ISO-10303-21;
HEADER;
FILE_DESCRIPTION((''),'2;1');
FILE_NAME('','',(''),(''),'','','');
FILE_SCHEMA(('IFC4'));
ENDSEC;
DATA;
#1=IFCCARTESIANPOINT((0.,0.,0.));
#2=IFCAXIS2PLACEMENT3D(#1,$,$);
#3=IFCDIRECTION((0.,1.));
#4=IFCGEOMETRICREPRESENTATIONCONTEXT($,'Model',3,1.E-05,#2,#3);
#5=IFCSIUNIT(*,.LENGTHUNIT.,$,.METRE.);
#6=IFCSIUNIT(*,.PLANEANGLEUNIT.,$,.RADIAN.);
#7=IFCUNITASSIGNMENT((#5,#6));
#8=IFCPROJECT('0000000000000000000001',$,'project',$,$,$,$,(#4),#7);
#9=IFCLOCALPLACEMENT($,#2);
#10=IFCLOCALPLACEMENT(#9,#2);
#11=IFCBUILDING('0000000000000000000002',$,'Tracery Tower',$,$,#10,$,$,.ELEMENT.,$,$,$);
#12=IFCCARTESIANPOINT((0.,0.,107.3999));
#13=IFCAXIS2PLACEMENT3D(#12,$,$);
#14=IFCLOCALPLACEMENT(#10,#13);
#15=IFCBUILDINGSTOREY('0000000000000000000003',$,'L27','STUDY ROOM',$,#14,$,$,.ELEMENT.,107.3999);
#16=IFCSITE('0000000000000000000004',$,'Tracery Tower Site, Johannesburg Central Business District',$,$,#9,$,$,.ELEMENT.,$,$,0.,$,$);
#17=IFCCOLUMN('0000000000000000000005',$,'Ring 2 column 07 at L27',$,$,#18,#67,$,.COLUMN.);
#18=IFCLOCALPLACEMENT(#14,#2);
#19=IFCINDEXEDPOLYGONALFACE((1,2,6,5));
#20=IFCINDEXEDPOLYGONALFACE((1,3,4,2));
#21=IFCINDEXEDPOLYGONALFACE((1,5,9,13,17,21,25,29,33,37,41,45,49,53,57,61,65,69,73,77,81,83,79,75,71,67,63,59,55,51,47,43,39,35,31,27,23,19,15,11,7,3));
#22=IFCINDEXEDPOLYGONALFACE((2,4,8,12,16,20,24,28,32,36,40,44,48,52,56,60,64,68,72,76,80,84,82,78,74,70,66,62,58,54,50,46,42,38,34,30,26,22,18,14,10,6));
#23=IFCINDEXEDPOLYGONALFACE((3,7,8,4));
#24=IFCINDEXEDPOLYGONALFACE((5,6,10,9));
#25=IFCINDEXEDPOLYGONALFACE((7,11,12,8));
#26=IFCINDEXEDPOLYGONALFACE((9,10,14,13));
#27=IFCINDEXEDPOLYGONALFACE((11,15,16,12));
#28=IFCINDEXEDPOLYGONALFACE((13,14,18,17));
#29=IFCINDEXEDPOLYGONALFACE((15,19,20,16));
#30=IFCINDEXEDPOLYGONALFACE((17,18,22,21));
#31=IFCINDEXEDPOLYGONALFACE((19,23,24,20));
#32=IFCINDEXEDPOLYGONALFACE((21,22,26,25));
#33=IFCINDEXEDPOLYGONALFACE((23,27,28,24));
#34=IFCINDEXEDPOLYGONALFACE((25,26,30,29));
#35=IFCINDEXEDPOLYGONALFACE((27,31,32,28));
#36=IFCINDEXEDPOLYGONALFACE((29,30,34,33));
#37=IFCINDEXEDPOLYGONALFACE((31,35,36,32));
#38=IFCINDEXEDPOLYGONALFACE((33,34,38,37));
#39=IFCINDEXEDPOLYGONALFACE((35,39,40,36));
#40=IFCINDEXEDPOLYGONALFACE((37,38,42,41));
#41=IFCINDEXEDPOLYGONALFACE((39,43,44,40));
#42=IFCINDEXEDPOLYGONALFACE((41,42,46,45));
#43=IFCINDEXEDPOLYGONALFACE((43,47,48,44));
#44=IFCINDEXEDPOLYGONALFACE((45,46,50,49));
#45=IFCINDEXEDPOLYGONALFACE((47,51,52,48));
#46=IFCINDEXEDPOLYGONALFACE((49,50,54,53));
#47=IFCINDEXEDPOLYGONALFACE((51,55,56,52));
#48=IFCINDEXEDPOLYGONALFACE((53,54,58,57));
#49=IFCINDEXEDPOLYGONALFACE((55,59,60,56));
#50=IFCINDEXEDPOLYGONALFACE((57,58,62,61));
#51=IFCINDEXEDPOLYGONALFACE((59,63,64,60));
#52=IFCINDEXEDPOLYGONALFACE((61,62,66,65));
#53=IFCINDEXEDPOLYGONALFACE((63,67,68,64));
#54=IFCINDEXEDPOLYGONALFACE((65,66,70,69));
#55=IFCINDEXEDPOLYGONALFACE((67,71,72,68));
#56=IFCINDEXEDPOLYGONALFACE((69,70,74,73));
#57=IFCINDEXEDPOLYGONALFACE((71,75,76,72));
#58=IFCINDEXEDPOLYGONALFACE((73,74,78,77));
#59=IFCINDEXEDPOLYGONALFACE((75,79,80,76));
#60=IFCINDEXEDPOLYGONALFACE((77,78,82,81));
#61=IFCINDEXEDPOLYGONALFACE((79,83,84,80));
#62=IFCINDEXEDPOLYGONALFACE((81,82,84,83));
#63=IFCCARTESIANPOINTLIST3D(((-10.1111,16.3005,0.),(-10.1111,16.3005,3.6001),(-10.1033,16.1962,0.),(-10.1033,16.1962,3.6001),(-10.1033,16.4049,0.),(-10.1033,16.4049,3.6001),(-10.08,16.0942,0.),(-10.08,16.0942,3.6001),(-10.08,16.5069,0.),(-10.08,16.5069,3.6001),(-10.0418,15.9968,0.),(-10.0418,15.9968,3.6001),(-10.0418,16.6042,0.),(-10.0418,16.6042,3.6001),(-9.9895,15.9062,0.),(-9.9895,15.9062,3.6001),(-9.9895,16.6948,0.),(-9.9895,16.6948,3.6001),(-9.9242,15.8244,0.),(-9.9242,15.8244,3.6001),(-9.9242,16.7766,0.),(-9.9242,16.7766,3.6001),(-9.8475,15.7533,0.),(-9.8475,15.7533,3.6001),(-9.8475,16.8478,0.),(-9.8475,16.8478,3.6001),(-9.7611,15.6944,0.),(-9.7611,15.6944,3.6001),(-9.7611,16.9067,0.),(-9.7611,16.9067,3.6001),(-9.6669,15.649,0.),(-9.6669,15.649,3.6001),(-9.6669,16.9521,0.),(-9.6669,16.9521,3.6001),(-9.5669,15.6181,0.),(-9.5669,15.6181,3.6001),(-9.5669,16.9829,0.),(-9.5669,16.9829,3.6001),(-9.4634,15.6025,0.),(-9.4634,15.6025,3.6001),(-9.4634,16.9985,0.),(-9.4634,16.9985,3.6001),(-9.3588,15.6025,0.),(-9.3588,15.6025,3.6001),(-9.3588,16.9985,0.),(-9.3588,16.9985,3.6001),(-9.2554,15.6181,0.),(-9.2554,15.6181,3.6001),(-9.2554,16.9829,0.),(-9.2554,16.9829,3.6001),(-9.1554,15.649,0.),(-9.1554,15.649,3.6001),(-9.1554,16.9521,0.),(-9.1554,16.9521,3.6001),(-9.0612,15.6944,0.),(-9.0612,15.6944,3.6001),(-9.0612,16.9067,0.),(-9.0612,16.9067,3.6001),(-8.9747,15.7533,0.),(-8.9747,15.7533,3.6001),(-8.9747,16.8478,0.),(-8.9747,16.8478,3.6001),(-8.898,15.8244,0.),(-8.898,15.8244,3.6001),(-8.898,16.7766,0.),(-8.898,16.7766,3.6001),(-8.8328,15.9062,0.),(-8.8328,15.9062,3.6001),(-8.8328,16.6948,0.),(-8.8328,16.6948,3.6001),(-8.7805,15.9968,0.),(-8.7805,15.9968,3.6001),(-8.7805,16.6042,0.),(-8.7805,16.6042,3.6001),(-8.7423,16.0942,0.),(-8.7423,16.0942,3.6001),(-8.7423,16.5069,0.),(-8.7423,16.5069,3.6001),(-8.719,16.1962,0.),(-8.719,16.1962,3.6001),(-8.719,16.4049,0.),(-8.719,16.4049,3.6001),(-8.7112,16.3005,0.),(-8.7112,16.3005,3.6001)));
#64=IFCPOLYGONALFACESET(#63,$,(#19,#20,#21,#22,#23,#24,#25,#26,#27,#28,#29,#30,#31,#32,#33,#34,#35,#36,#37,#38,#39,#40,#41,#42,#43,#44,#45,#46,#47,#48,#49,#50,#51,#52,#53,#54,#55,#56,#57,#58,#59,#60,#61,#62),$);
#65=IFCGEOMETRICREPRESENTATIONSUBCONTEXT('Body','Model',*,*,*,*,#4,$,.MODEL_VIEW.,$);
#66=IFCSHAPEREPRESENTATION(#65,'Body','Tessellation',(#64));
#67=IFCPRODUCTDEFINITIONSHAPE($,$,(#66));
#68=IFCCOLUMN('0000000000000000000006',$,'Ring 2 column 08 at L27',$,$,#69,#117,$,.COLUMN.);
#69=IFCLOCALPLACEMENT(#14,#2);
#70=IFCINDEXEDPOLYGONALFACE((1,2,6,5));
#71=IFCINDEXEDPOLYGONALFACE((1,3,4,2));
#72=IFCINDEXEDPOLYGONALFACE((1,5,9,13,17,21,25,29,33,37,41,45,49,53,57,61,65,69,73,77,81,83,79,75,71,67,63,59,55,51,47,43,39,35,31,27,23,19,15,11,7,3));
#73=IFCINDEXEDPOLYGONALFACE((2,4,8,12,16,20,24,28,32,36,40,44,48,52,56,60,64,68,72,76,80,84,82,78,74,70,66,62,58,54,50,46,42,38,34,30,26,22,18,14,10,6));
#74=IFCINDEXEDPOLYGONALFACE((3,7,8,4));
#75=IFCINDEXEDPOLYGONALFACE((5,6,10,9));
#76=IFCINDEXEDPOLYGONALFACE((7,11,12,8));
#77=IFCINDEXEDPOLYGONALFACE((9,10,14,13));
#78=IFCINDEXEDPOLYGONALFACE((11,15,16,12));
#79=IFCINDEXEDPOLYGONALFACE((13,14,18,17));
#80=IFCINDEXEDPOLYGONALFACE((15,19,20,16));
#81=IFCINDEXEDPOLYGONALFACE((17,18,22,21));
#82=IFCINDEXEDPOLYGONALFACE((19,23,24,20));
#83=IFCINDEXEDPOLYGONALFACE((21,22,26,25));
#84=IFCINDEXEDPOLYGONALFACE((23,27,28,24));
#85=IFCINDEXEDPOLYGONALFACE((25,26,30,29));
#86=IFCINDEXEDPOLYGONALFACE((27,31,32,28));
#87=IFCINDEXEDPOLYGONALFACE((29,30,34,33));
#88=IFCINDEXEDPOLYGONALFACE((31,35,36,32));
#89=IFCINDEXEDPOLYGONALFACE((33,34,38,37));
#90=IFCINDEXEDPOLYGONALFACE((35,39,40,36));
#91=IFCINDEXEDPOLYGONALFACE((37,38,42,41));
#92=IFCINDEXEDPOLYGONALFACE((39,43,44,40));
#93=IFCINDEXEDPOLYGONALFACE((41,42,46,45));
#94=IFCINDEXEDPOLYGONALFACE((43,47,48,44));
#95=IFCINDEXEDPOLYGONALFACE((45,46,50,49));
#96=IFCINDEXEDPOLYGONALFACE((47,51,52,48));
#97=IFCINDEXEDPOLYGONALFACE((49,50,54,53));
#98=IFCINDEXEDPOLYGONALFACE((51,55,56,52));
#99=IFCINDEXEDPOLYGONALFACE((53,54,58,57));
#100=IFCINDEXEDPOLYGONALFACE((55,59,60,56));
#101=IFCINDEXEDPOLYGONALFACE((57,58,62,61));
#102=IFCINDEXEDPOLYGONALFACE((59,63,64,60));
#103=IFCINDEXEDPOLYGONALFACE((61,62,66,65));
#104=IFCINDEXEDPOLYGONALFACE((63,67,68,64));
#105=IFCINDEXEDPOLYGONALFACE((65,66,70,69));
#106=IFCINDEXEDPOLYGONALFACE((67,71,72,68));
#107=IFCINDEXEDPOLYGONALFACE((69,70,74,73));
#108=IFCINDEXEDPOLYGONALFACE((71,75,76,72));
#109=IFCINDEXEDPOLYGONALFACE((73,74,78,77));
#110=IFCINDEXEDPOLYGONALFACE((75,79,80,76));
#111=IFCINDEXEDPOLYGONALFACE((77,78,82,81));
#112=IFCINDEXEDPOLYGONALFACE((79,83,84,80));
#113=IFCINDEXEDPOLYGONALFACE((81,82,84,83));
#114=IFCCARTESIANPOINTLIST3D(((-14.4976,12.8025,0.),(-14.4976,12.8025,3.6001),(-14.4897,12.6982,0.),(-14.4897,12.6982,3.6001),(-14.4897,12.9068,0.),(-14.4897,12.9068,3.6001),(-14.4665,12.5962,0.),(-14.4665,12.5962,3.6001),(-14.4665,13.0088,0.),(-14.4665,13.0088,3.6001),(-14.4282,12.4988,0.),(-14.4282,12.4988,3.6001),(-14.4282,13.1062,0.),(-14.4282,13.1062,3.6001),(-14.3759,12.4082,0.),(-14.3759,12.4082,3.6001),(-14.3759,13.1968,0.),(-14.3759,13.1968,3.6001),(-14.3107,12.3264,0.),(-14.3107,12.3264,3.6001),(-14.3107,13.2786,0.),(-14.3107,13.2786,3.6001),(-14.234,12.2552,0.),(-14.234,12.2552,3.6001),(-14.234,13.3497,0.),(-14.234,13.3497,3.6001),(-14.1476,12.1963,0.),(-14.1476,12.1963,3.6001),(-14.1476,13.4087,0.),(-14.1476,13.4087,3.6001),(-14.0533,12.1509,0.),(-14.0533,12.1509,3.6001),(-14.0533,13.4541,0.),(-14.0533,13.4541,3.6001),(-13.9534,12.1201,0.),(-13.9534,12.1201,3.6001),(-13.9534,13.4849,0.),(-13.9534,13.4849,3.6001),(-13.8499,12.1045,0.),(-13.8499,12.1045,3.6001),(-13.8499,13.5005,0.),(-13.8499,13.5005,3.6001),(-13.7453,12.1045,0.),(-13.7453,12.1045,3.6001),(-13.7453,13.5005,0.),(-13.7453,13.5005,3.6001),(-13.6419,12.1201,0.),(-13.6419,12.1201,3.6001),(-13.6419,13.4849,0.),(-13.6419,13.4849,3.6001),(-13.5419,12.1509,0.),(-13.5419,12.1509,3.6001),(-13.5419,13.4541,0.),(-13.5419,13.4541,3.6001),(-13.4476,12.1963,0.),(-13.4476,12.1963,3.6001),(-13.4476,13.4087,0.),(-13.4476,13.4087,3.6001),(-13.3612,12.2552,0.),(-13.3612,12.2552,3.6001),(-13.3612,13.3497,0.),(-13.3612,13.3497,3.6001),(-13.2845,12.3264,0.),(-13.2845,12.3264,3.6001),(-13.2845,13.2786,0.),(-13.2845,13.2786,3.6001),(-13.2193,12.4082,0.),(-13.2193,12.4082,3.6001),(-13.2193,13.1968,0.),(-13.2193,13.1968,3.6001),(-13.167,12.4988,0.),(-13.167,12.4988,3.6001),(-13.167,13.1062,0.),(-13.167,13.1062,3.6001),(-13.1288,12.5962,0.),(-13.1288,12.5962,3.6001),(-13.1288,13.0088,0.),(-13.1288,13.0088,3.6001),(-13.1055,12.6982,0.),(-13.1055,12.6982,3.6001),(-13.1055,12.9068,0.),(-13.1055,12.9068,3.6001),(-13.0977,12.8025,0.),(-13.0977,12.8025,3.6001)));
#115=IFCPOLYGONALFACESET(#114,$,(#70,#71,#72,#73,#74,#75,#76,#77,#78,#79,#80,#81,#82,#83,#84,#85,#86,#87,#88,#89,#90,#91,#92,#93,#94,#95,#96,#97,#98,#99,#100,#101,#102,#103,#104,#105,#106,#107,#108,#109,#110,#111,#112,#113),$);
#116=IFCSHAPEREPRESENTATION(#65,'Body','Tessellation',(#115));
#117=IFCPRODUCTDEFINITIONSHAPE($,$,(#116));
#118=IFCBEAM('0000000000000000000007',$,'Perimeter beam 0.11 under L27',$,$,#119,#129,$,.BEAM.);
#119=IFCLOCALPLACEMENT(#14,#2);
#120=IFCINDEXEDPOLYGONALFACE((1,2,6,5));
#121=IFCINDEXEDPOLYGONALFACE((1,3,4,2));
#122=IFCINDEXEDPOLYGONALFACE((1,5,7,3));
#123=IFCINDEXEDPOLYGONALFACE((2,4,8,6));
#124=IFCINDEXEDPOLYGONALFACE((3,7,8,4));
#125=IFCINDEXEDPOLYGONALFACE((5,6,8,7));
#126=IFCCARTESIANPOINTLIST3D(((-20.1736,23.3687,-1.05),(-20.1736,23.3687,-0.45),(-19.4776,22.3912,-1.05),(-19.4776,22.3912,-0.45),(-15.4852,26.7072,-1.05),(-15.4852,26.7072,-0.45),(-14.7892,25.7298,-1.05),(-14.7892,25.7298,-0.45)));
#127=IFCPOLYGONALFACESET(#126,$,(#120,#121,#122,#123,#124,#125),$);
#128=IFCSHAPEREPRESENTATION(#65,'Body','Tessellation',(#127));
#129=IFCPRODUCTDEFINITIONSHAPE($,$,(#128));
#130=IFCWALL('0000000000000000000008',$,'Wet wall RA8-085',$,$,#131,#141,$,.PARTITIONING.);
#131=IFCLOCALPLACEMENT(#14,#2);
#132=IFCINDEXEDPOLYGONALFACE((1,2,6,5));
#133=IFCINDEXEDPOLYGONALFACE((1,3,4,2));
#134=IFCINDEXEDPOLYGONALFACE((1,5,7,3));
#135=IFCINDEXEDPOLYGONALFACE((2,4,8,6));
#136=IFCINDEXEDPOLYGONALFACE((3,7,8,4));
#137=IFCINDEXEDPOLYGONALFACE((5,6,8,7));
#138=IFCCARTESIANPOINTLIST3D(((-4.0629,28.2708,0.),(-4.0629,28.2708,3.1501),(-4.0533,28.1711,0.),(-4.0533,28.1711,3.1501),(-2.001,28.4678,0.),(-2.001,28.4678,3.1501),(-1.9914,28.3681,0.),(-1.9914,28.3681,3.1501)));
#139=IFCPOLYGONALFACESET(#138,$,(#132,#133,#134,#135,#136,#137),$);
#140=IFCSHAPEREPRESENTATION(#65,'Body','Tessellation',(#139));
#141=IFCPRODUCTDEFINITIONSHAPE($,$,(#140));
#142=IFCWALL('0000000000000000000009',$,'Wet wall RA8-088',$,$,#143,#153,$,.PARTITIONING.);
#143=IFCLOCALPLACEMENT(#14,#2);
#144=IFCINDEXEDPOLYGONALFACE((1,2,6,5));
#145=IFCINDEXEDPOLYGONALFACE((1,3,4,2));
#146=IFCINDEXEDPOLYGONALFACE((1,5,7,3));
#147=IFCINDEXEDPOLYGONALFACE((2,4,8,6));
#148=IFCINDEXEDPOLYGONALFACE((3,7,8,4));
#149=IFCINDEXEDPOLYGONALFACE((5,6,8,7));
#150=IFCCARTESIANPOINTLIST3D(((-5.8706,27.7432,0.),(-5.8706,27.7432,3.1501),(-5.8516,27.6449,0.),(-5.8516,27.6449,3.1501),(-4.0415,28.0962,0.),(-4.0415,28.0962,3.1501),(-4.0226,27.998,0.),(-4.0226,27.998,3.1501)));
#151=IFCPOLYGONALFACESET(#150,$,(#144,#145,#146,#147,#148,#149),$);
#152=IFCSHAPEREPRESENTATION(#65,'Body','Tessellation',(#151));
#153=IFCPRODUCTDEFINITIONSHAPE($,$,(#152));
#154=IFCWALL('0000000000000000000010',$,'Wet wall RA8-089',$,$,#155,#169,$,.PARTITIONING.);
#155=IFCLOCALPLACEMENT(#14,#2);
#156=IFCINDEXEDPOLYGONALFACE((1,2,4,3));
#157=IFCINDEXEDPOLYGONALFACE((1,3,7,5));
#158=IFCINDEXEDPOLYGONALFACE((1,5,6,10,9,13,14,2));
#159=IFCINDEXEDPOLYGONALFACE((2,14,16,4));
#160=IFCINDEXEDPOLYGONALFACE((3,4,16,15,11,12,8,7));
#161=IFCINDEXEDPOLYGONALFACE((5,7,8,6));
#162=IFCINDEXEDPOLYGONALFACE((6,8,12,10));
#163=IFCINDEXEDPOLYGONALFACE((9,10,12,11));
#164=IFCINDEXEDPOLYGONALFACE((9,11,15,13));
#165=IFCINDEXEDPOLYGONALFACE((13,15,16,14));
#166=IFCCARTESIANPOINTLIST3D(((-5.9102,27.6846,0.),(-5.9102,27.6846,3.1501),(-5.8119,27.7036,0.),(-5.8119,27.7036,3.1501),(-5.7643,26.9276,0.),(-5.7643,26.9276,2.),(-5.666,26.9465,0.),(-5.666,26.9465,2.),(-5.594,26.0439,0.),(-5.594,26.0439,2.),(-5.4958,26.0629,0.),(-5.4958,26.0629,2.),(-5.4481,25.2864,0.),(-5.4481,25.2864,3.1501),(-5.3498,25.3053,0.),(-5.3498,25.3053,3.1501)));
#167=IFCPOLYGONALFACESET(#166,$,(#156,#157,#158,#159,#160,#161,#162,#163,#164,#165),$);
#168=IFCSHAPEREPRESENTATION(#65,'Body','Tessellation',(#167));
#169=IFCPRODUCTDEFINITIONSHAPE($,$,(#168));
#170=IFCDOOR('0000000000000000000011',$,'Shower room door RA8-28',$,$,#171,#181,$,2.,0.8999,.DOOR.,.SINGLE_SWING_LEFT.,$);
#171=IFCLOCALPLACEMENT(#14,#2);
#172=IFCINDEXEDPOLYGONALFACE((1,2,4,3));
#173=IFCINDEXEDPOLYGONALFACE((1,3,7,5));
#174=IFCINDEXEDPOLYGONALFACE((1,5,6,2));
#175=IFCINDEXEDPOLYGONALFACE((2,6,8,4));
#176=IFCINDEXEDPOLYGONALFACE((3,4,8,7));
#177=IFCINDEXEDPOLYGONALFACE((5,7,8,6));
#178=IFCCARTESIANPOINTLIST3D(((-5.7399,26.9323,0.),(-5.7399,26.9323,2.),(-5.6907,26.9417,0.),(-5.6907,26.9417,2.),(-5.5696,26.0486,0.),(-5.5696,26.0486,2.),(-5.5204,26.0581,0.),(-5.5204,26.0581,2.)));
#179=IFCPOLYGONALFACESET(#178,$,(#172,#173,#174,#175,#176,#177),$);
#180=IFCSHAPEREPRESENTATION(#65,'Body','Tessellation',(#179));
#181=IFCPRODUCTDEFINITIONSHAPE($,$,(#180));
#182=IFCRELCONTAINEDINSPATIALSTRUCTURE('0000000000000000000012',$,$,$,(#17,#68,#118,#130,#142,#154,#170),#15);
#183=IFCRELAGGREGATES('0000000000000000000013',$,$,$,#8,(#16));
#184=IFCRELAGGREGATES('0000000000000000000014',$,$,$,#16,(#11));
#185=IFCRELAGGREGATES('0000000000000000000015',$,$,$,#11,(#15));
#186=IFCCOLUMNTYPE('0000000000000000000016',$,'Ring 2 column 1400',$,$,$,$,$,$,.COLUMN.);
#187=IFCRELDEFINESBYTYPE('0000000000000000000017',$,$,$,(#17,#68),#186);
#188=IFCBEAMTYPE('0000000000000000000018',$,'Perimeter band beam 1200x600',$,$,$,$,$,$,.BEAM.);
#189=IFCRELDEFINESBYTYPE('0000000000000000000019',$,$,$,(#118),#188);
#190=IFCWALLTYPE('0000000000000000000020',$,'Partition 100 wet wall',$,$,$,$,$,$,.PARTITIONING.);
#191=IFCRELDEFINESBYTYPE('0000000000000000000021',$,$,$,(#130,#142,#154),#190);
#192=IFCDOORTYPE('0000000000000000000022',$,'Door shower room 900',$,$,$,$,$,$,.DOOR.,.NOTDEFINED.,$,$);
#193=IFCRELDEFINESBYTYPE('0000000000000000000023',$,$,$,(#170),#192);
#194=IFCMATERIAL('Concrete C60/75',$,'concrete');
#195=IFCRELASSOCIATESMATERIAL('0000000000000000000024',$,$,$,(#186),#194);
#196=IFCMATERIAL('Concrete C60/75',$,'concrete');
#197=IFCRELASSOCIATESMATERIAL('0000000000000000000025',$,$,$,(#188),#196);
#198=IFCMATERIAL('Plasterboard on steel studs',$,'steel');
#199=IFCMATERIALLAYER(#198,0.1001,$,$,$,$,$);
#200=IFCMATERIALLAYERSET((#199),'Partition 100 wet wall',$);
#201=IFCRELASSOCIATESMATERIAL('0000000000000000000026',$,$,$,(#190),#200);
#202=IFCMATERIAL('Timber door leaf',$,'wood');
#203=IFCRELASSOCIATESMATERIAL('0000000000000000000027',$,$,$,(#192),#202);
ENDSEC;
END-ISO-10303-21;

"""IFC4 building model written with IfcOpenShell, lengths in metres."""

from ifc_helpers import new_model, si_unit, direction, frame, frame_2d, origin, origin_2d, place, context, subcontext, project, spatial, rectangle, circle, extrude, material, layer, layer_set, material_profile, profile_set, type_object, element, fill, save


model = new_model("IFC4")

# Units and contexts
model_context = context("Model", 3, precision=1e-05, world=origin(), true_north=direction((0.0, 1.0)))
body_context = subcontext(model_context, "Body", "Model", "MODEL_VIEW")
ifc_project = project(units=[si_unit("LENGTHUNIT", "METRE"), si_unit("PLANEANGLEUNIT", "RADIAN")], contexts=[model_context])

# Site, building, storey
site_placement = place(None, origin())
site = spatial("IfcSite", under=ifc_project, at=site_placement, Name="Tracery Tower Site, Johannesburg Central Business District", CompositionType="ELEMENT", RefElevation=0.0)
building_placement = place(site_placement, origin())
building = spatial("IfcBuilding", under=site, at=building_placement, Name="Tracery Tower", CompositionType="ELEMENT")
storey_placement = place(building_placement, frame((0.0, 0.0, 107.3999)))
storey = spatial("IfcBuildingStorey", under=building, at=storey_placement, Name="L27", Description="STUDY ROOM", CompositionType="ELEMENT", Elevation=107.3999)

# Columns
ifc_material_1 = material(Name="Concrete C60/75", Category="concrete")
ifc_material_profile_1 = material_profile(ifc_material_1, circle(Radius=0.7, at=origin_2d()), Name="RC D1400")
ifc_profile_set_1 = profile_set([ifc_material_profile_1], Name="Concrete C60/75")
column_type_1 = type_object("IfcColumnType", Name="Ring 2 column 1400", PredefinedType="COLUMN", material=ifc_profile_set_1)
for number, where, z_axis, x_axis, name in (
    (1, (-9.4111, 16.3005, 0.0), (0.0, 0.0, 1.0), (1.0, 0.0, 0.0), "Ring 2 column 07 at L27"),
    (2, (-13.7976, 12.8025, 0.0), (0.0, 0.0, 1.0), (1.0, 0.0, 0.0), "Ring 2 column 08 at L27"),
):
    element("IfcColumn", number, at=place(storey_placement, frame(where, z_axis=z_axis, x_axis=x_axis)), inside=storey, type_object=column_type_1, Name=name, PredefinedType="COLUMN", context=body_context, shape_type="SweptSolid", body=[
        extrude(circle(Radius=0.7, at=origin_2d()), origin(), (0.0, 0.0, 1.0), 3.6001),
    ])

# Beam
ifc_material_2 = material(Name="Concrete C60/75", Category="concrete")
ifc_material_profile_2 = material_profile(ifc_material_2, rectangle(XDim=1.2, YDim=0.6001, at=origin_2d()), Name="RC 1200x600")
ifc_profile_set_2 = profile_set([ifc_material_profile_2], Name="Concrete C60/75")
beam_type = type_object("IfcBeamType", Name="Perimeter band beam 1200x600", PredefinedType="BEAM", material=ifc_profile_set_2)
beam_placement = place(storey_placement, frame((-15.1372, 26.2185, -0.75), z_axis=(-0.814578, -0.580054, 0.0), x_axis=(0.580054, -0.814578, 0.0)))
element("IfcBeam", 3, at=beam_placement, inside=storey, type_object=beam_type, Name="Perimeter beam 0.11 under L27", PredefinedType="BEAM", context=body_context, shape_type="SweptSolid", body=[
    extrude(rectangle(XDim=1.2, YDim=0.6001, at=origin_2d()), origin(), (0.0, 0.0, 1.0), 5.7556),
])

# Walls
ifc_material_3 = material(Name="Plasterboard on steel studs", Category="steel")
ifc_layer_1 = layer(ifc_material_3, 0.1001)
ifc_layer_set_1 = layer_set([ifc_layer_1], Name="Partition 100 wet wall")
wall_type_1 = type_object("IfcWallType", Name="Partition 100 wet wall", PredefinedType="PARTITIONING", material=ifc_layer_set_1)
wall_1_placement = place(storey_placement, frame((-4.0581, 28.2209, 0.0), z_axis=(0.0, 0.0, 1.0), x_axis=(0.995466, 0.095115, 0.0)))
element("IfcWall", 4, at=wall_1_placement, inside=storey, type_object=wall_type_1, Name="Wet wall RA8-085", PredefinedType="PARTITIONING", context=body_context, shape_type="SweptSolid", body=[
    extrude(rectangle(XDim=2.0713, YDim=0.1001, at=frame_2d((1.0356, 0.0))), origin(), (0.0, 0.0, 1.0), 3.1501),
])
wall_2_placement = place(storey_placement, frame((-5.8611, 27.6941, 0.0), z_axis=(0.0, 0.0, 1.0), x_axis=(0.981879, 0.189508, 0.0)))
element("IfcWall", 5, at=wall_2_placement, inside=storey, type_object=wall_type_1, Name="Wet wall RA8-088", PredefinedType="PARTITIONING", context=body_context, shape_type="SweptSolid", body=[
    extrude(rectangle(XDim=1.8628, YDim=0.1001, at=frame_2d((0.9314, 0.0))), origin(), (0.0, 0.0, 1.0), 3.1501),
])

# Wall, opening, door
wall_3_placement = place(storey_placement, frame((-5.8611, 27.6941, 0.0), z_axis=(0.0, 0.0, 1.0), x_axis=(0.189229, -0.981933, 0.0)))
wall_3 = element("IfcWall", 6, at=wall_3_placement, inside=storey, type_object=wall_type_1, Name="Wet wall RA8-089", PredefinedType="PARTITIONING", context=body_context, shape_type="SweptSolid", body=[
    extrude(rectangle(XDim=2.4424, YDim=0.1001, at=frame_2d((1.2212, 0.0))), origin(), (0.0, 0.0, 1.0), 3.1501),
])
opening_1_placement = place(wall_3_placement, frame((0.771, 0.0, 0.0)))
opening_1 = element("IfcOpeningElement", 7, at=opening_1_placement, cuts=wall_3, PredefinedType="OPENING", context=body_context, shape_type="SweptSolid", body=[
    extrude(rectangle(XDim=0.8999, YDim=2.0, at=frame_2d((0.45, 1.0))), frame((0.0, 0.05, 0.0), z_axis=(0.0, -1.0, 0.0), x_axis=(1.0, 0.0, 0.0)), (0.0, 0.0, 1.0), 0.1001),
])
ifc_material_4 = material(Name="Timber door leaf", Category="wood")
door_type_1 = type_object("IfcDoorType", Name="Door shower room 900", OperationType="NOTDEFINED", PredefinedType="DOOR", material=ifc_material_4)
door_1_placement = place(opening_1_placement, origin())
door_1 = element("IfcDoor", 8, at=door_1_placement, inside=storey, type_object=door_type_1, Name="Shower room door RA8-28", OperationType="SINGLE_SWING_LEFT", OverallHeight=2.0, OverallWidth=0.8999, PredefinedType="DOOR", context=body_context, shape_type="SweptSolid", body=[
    extrude(rectangle(XDim=0.8999, YDim=2.0, at=frame_2d((0.45, 1.0))), frame((0.0, 0.0249, 0.0), z_axis=(0.0, -1.0, 0.0), x_axis=(1.0, 0.0, 0.0)), (0.0, 0.0, 1.0), 0.05),
])
fill(opening_1, door_1)

save(model, "model.ifc")
